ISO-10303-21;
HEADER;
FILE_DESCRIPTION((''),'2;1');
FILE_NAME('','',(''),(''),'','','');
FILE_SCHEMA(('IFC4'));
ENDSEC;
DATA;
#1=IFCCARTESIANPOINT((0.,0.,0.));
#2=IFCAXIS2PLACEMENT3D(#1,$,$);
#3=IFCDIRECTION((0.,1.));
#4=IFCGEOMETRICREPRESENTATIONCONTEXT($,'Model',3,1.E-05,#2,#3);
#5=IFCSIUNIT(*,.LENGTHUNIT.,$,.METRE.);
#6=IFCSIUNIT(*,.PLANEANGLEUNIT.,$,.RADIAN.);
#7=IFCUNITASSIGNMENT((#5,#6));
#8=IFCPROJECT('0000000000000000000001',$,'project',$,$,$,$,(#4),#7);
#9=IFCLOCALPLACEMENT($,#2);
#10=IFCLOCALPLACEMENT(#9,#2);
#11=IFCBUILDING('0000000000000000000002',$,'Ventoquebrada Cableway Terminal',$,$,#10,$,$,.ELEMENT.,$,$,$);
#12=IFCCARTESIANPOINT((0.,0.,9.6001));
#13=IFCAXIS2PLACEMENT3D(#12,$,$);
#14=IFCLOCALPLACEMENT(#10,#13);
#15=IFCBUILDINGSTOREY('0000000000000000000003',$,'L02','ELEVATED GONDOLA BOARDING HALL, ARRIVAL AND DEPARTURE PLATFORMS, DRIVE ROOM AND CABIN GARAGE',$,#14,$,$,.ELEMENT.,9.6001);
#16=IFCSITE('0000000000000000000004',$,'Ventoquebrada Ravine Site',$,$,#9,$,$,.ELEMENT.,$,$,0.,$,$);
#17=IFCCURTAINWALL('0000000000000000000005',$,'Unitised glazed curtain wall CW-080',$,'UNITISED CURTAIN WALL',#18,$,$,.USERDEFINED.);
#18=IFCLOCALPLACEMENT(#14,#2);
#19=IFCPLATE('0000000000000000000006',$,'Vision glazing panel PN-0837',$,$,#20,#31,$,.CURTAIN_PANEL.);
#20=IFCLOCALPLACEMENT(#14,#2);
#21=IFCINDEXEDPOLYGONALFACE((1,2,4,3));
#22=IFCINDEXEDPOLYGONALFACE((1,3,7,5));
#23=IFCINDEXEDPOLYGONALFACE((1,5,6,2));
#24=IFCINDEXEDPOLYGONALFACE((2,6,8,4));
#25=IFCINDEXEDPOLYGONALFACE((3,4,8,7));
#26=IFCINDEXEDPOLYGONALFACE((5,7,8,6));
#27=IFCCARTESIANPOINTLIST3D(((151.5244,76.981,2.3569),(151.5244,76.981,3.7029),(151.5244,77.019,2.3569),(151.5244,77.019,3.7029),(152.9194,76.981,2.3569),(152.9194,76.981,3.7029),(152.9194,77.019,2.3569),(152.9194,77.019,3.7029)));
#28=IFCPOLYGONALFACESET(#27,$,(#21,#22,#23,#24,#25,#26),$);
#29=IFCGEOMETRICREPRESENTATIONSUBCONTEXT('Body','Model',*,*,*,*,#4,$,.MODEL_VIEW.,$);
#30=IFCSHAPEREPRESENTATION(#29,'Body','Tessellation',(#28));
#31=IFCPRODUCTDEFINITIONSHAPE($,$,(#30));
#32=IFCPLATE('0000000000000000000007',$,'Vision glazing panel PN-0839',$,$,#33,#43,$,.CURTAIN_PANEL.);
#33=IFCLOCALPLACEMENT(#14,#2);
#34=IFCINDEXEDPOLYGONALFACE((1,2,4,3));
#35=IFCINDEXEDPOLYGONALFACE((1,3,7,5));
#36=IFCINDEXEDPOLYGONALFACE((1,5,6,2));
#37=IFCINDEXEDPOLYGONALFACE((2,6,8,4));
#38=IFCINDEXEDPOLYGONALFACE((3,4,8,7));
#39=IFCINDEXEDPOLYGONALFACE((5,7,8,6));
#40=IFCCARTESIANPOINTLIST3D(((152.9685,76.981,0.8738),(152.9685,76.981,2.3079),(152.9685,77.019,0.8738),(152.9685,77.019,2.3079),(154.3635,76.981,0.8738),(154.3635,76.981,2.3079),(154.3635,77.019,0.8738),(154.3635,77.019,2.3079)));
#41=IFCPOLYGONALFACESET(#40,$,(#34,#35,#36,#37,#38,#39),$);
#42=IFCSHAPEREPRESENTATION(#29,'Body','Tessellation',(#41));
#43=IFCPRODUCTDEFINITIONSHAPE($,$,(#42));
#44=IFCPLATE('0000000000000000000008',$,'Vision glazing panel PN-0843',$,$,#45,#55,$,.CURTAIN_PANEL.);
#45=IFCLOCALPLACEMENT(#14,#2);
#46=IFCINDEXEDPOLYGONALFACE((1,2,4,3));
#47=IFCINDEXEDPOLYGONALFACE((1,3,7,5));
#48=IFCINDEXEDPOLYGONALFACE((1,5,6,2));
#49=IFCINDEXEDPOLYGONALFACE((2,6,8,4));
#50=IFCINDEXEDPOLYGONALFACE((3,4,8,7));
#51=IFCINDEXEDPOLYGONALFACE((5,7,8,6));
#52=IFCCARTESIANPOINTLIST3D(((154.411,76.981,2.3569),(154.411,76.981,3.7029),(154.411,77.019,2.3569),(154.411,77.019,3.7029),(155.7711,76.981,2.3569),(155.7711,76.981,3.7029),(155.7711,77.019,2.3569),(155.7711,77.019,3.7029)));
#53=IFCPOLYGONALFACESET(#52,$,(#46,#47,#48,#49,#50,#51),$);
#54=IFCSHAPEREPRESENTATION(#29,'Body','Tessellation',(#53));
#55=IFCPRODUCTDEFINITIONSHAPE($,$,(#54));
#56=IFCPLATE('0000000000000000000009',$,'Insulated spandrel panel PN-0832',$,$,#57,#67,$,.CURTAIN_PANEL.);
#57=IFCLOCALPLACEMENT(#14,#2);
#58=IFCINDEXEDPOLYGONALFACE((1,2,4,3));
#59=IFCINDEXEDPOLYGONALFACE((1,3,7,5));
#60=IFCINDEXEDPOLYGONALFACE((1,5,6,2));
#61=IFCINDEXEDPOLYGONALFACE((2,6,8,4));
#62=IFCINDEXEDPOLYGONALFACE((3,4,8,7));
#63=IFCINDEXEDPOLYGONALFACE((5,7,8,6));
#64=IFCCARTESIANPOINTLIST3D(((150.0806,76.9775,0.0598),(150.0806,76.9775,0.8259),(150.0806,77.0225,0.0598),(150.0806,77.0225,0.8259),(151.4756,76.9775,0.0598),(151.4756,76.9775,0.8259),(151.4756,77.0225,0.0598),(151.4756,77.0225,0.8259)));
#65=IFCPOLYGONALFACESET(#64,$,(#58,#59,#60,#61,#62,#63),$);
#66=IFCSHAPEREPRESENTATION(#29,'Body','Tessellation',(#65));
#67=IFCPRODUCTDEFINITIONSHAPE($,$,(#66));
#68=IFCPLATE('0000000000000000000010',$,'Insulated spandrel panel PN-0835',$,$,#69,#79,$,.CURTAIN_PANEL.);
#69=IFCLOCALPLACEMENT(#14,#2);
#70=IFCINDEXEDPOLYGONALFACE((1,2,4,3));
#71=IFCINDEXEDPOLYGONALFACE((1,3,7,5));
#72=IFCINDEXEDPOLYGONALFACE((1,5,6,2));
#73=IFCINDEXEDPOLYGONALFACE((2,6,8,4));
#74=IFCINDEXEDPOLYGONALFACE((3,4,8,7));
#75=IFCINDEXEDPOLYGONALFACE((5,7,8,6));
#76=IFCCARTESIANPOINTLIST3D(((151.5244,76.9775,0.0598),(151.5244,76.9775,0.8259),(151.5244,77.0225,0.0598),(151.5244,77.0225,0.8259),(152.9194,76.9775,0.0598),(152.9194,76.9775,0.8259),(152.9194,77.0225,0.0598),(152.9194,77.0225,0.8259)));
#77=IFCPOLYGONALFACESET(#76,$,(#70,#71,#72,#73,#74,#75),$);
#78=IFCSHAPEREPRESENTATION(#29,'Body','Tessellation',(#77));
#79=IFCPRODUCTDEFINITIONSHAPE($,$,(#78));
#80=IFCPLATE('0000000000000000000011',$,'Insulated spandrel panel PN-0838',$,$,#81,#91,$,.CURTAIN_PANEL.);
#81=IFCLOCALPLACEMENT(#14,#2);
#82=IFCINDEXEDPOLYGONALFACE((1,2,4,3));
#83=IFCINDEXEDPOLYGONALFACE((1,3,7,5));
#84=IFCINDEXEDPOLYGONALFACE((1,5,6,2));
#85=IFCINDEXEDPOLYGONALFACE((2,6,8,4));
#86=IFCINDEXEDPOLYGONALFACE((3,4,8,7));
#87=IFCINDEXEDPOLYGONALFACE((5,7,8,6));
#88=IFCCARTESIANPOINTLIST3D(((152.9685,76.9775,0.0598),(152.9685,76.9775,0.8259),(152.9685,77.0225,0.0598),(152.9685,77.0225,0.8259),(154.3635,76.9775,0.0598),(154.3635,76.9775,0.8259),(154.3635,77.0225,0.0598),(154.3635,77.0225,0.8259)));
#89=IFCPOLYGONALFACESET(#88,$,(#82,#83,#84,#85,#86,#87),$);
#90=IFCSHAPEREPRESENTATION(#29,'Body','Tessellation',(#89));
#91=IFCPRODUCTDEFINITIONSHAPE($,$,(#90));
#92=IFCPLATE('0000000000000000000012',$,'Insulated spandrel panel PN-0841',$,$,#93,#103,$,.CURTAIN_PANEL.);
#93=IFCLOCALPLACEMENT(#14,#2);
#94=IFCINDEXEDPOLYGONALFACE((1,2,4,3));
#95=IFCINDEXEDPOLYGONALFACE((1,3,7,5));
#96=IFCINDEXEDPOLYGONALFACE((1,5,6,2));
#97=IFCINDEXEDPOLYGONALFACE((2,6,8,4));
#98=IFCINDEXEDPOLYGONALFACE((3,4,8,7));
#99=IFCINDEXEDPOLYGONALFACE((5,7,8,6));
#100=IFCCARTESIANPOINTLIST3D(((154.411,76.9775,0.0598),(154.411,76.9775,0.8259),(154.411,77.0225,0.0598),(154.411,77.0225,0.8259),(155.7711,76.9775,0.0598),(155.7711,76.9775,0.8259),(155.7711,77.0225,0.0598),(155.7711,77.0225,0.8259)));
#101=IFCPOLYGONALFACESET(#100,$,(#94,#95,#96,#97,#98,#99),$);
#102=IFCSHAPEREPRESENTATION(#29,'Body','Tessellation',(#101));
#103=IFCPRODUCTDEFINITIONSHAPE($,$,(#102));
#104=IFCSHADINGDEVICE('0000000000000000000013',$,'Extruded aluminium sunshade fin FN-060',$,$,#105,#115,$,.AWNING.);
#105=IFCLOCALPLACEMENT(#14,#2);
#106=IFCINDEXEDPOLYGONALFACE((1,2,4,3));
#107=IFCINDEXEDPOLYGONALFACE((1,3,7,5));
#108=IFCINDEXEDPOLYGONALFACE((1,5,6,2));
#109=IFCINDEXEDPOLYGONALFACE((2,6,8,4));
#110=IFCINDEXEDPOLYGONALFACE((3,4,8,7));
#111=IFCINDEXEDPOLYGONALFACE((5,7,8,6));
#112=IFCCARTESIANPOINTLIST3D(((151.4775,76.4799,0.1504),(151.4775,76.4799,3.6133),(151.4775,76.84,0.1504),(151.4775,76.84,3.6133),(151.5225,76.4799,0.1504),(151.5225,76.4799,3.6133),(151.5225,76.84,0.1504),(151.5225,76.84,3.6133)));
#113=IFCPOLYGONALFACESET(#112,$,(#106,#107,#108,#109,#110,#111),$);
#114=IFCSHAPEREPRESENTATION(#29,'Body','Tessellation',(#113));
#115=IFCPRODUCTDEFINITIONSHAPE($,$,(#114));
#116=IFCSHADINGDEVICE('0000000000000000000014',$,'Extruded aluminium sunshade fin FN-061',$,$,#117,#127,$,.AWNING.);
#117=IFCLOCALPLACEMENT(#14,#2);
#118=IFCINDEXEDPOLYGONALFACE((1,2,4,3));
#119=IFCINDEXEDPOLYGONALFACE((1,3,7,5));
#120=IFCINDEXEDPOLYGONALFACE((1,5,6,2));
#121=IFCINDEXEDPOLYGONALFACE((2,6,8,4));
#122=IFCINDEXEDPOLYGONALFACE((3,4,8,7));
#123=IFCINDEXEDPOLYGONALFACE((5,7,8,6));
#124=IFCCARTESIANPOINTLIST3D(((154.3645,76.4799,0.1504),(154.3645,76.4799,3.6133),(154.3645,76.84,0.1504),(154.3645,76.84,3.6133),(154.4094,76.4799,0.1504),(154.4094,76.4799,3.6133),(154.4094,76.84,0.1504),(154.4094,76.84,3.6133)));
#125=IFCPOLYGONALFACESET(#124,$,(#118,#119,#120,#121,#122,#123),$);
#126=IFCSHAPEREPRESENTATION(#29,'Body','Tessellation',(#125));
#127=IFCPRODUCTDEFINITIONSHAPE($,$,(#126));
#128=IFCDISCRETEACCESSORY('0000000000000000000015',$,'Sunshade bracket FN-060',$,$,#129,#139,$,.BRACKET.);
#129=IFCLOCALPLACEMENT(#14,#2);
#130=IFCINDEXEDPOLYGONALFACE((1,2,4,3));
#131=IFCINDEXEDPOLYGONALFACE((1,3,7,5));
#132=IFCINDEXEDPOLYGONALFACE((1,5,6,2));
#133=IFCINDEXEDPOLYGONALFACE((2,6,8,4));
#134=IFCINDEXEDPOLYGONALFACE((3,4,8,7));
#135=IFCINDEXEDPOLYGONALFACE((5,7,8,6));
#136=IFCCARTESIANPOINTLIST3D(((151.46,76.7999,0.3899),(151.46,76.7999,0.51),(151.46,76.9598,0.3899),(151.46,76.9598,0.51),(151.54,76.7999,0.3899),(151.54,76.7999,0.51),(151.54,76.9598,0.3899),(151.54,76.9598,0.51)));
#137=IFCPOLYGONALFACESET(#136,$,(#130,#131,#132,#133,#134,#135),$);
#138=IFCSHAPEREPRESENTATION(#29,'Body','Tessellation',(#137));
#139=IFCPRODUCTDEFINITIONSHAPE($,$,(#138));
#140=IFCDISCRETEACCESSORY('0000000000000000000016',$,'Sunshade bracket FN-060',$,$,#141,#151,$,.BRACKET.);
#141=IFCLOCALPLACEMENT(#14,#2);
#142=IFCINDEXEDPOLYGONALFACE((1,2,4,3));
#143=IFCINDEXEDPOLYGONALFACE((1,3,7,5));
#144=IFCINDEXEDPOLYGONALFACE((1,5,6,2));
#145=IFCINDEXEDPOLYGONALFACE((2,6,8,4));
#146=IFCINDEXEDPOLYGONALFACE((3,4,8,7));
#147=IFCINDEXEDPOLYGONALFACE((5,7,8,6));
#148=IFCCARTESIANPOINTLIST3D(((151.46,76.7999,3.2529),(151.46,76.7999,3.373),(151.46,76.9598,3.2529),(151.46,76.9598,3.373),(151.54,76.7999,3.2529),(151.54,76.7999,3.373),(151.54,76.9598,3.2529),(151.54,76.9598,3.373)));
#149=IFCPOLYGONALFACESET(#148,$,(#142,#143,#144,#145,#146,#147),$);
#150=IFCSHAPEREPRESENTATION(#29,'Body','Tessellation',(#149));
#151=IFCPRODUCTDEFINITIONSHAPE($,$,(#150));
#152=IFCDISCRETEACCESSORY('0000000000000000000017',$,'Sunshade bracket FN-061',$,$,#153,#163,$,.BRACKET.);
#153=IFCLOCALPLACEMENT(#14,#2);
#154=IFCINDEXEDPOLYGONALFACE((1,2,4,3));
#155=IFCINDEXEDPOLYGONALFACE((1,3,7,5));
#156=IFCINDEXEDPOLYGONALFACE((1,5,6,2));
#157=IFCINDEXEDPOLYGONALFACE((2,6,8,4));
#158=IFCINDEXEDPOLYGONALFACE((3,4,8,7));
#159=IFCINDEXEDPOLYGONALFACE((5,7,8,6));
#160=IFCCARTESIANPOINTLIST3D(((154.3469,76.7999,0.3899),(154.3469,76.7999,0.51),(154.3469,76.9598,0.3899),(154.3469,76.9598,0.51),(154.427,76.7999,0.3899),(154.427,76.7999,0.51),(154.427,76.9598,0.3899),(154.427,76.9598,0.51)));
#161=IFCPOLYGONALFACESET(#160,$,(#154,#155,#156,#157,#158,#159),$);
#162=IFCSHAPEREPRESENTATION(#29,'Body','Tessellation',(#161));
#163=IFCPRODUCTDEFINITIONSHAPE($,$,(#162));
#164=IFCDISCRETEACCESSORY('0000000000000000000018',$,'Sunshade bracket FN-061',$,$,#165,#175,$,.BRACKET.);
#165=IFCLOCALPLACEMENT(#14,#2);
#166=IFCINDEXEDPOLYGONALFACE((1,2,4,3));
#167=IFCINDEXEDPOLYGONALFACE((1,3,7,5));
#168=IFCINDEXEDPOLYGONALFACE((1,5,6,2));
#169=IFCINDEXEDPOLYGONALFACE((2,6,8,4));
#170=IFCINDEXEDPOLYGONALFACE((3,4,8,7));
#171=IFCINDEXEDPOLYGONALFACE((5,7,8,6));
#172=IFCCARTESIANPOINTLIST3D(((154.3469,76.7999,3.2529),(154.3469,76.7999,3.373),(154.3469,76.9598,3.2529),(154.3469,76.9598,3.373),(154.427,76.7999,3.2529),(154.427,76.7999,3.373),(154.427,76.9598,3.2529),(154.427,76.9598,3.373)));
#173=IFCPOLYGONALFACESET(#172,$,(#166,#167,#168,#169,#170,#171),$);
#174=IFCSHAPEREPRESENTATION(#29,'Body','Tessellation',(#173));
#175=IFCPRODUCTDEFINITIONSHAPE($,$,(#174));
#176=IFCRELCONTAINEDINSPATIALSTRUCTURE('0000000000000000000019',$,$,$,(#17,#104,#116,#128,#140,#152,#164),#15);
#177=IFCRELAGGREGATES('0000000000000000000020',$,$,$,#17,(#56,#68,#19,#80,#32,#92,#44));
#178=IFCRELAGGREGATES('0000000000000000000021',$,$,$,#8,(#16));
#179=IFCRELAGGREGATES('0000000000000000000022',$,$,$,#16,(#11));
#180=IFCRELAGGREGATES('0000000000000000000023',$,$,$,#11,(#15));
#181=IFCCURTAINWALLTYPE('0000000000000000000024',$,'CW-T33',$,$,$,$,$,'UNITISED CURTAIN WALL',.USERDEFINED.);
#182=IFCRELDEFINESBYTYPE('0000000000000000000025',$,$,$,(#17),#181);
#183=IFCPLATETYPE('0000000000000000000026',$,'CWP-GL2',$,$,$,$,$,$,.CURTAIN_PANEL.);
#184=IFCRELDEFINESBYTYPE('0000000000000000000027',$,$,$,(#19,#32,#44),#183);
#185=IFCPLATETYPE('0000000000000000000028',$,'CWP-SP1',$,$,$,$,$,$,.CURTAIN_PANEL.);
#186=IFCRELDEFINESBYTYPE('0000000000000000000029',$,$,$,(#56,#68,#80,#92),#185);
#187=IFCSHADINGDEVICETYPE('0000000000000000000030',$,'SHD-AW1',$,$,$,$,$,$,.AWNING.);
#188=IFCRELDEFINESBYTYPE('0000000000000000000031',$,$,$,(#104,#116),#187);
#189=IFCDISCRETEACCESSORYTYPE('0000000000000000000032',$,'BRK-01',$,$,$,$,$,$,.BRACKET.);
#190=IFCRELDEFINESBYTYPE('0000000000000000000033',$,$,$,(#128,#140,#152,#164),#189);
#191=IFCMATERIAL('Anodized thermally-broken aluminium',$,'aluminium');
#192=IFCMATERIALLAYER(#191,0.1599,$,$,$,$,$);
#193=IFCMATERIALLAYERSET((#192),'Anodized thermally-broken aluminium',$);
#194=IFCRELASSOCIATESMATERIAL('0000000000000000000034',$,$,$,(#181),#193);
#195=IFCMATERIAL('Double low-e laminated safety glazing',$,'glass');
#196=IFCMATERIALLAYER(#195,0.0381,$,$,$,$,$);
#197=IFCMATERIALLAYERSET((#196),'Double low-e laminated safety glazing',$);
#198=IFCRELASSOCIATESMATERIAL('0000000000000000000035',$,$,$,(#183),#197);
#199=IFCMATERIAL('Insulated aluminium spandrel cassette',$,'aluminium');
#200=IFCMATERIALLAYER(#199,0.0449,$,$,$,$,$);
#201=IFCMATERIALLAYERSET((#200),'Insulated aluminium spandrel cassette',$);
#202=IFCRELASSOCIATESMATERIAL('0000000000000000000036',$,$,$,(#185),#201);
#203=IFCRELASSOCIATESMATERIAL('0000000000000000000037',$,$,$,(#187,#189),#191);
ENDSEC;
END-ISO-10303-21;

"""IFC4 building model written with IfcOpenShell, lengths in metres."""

from ifc_helpers import new_model, si_unit, direction, frame, origin, origin_2d, place, context, subcontext, project, spatial, rectangle, extrude, material, layer, layer_set, type_object, element, aggregate, save


model = new_model("IFC4")

# Units and contexts
model_context = context("Model", 3, precision=1e-05, world=origin(), true_north=direction((0.0, 1.0)))
body_context = subcontext(model_context, "Body", "Model", "MODEL_VIEW")
ifc_project = project(units=[si_unit("LENGTHUNIT", "METRE"), si_unit("PLANEANGLEUNIT", "RADIAN")], contexts=[model_context])

# Site, building, storey
site_placement = place(None, origin())
site = spatial("IfcSite", under=ifc_project, at=site_placement, Name="Ventoquebrada Ravine Site", CompositionType="ELEMENT", RefElevation=0.0)
building_placement = place(site_placement, origin())
building = spatial("IfcBuilding", under=site, at=building_placement, Name="Ventoquebrada Cableway Terminal", CompositionType="ELEMENT")
storey_placement = place(building_placement, frame((0.0, 0.0, 9.6001)))
storey = spatial("IfcBuildingStorey", under=building, at=storey_placement, Name="L02", Description="ELEVATED GONDOLA BOARDING HALL, ARRIVAL AND DEPARTURE PLATFORMS, DRIVE ROOM AND CABIN GARAGE", CompositionType="ELEMENT", Elevation=9.6001)

# Curtain wall, plates
ifc_material_1 = material(Name="Anodized thermally-broken aluminium", Category="aluminium")
ifc_layer_1 = layer(ifc_material_1, 0.1599)
ifc_layer_set_1 = layer_set([ifc_layer_1], Name="Anodized thermally-broken aluminium")
curtain_wall_type = type_object("IfcCurtainWallType", Name="CW-T33", ElementType="UNITISED CURTAIN WALL", PredefinedType="USERDEFINED", material=ifc_layer_set_1)
curtain_wall_placement = place(storey_placement, origin())
curtain_wall = element("IfcCurtainWall", 1, at=curtain_wall_placement, inside=storey, type_object=curtain_wall_type, Name="Unitised glazed curtain wall CW-080", ObjectType="UNITISED CURTAIN WALL", PredefinedType="USERDEFINED")
ifc_material_2 = material(Name="Double low-e laminated safety glazing", Category="glass")
ifc_layer_2 = layer(ifc_material_2, 0.0381)
ifc_layer_set_2 = layer_set([ifc_layer_2], Name="Double low-e laminated safety glazing")
plate_type_1 = type_object("IfcPlateType", Name="CWP-GL2", PredefinedType="CURTAIN_PANEL", material=ifc_layer_set_2)
plate_1_placement = place(storey_placement, frame((152.2219, 77.0, 2.3569), z_axis=(0.0, 0.0, 1.0), x_axis=(1.0, 0.0, 0.0)))
plate_1 = element("IfcPlate", 2, at=plate_1_placement, type_object=plate_type_1, Name="Vision glazing panel PN-0837", PredefinedType="CURTAIN_PANEL", context=body_context, shape_type="SweptSolid", body=[
    extrude(rectangle(XDim=1.395, YDim=0.0381, at=origin_2d()), origin(), (0.0, 0.0, 1.0), 1.3459),
])
plate_2_placement = place(storey_placement, frame((153.666, 77.0, 0.8738), z_axis=(0.0, 0.0, 1.0), x_axis=(1.0, 0.0, 0.0)))
plate_2 = element("IfcPlate", 3, at=plate_2_placement, type_object=plate_type_1, Name="Vision glazing panel PN-0839", PredefinedType="CURTAIN_PANEL", context=body_context, shape_type="SweptSolid", body=[
    extrude(rectangle(XDim=1.395, YDim=0.0381, at=origin_2d()), origin(), (0.0, 0.0, 1.0), 1.4341),
])
plate_3_placement = place(storey_placement, frame((155.0911, 77.0, 2.3569), z_axis=(0.0, 0.0, 1.0), x_axis=(1.0, 0.0, 0.0)))
plate_3 = element("IfcPlate", 4, at=plate_3_placement, type_object=plate_type_1, Name="Vision glazing panel PN-0843", PredefinedType="CURTAIN_PANEL", context=body_context, shape_type="SweptSolid", body=[
    extrude(rectangle(XDim=1.3601, YDim=0.0381, at=origin_2d()), origin(), (0.0, 0.0, 1.0), 1.3459),
])
ifc_material_3 = material(Name="Insulated aluminium spandrel cassette", Category="aluminium")
ifc_layer_3 = layer(ifc_material_3, 0.0449)
ifc_layer_set_3 = layer_set([ifc_layer_3], Name="Insulated aluminium spandrel cassette")
plate_type_2 = type_object("IfcPlateType", Name="CWP-SP1", PredefinedType="CURTAIN_PANEL", material=ifc_layer_set_3)
plate_4_placement = place(storey_placement, frame((150.7781, 77.0, 0.0598), z_axis=(0.0, 0.0, 1.0), x_axis=(1.0, 0.0, 0.0)))
plate_4 = element("IfcPlate", 5, at=plate_4_placement, type_object=plate_type_2, Name="Insulated spandrel panel PN-0832", PredefinedType="CURTAIN_PANEL", context=body_context, shape_type="SweptSolid", body=[
    extrude(rectangle(XDim=1.395, YDim=0.0449, at=origin_2d()), origin(), (0.0, 0.0, 1.0), 0.7661),
])
plate_5_placement = place(storey_placement, frame((152.2219, 77.0, 0.0598), z_axis=(0.0, 0.0, 1.0), x_axis=(1.0, 0.0, 0.0)))
plate_5 = element("IfcPlate", 6, at=plate_5_placement, type_object=plate_type_2, Name="Insulated spandrel panel PN-0835", PredefinedType="CURTAIN_PANEL", context=body_context, shape_type="SweptSolid", body=[
    extrude(rectangle(XDim=1.395, YDim=0.0449, at=origin_2d()), origin(), (0.0, 0.0, 1.0), 0.7661),
])
plate_6_placement = place(storey_placement, frame((153.666, 77.0, 0.0598), z_axis=(0.0, 0.0, 1.0), x_axis=(1.0, 0.0, 0.0)))
plate_6 = element("IfcPlate", 7, at=plate_6_placement, type_object=plate_type_2, Name="Insulated spandrel panel PN-0838", PredefinedType="CURTAIN_PANEL", context=body_context, shape_type="SweptSolid", body=[
    extrude(rectangle(XDim=1.395, YDim=0.0449, at=origin_2d()), origin(), (0.0, 0.0, 1.0), 0.7661),
])
plate_7_placement = place(storey_placement, frame((155.0911, 77.0, 0.0598), z_axis=(0.0, 0.0, 1.0), x_axis=(1.0, 0.0, 0.0)))
plate_7 = element("IfcPlate", 8, at=plate_7_placement, type_object=plate_type_2, Name="Insulated spandrel panel PN-0841", PredefinedType="CURTAIN_PANEL", context=body_context, shape_type="SweptSolid", body=[
    extrude(rectangle(XDim=1.3601, YDim=0.0449, at=origin_2d()), origin(), (0.0, 0.0, 1.0), 0.7661),
])
aggregate(curtain_wall, [plate_4, plate_5, plate_1, plate_6, plate_2, plate_7, plate_3])

# Shading devices
shading_device_type = type_object("IfcShadingDeviceType", Name="SHD-AW1", PredefinedType="AWNING", material=ifc_material_1)
for number, where, z_axis, x_axis, name in (
    (9, (151.5, 76.6599, 0.1504), (0.0, 0.0, 1.0), (1.0, 0.0, 0.0), "Extruded aluminium sunshade fin FN-060"),
    (10, (154.387, 76.6599, 0.1504), (0.0, 0.0, 1.0), (1.0, 0.0, 0.0), "Extruded aluminium sunshade fin FN-061"),
):
    element("IfcShadingDevice", number, at=place(storey_placement, frame(where, z_axis=z_axis, x_axis=x_axis)), inside=storey, type_object=shading_device_type, Name=name, PredefinedType="AWNING", context=body_context, shape_type="SweptSolid", body=[
        extrude(rectangle(XDim=0.0449, YDim=0.3601, at=origin_2d()), origin(), (0.0, 0.0, 1.0), 3.4629),
    ])

# Discrete accessories
discrete_accessory_type = type_object("IfcDiscreteAccessoryType", Name="BRK-01", PredefinedType="BRACKET", material=ifc_material_1)
for number, where, z_axis, x_axis, name in (
    (11, (151.5, 76.8799, 0.3899), (0.0, 0.0, 1.0), (1.0, 0.0, 0.0), "Sunshade bracket FN-060"),
    (12, (151.5, 76.8799, 3.2529), (0.0, 0.0, 1.0), (1.0, 0.0, 0.0), "Sunshade bracket FN-060"),
    (13, (154.387, 76.8799, 0.3899), (0.0, 0.0, 1.0), (1.0, 0.0, 0.0), "Sunshade bracket FN-061"),
    (14, (154.387, 76.8799, 3.2529), (0.0, 0.0, 1.0), (1.0, 0.0, 0.0), "Sunshade bracket FN-061"),
):
    element("IfcDiscreteAccessory", number, at=place(storey_placement, frame(where, z_axis=z_axis, x_axis=x_axis)), inside=storey, type_object=discrete_accessory_type, Name=name, PredefinedType="BRACKET", context=body_context, shape_type="SweptSolid", body=[
        extrude(rectangle(XDim=0.0801, YDim=0.1599, at=origin_2d()), origin(), (0.0, 0.0, 1.0), 0.1201),
    ])

save(model, "model.ifc")
